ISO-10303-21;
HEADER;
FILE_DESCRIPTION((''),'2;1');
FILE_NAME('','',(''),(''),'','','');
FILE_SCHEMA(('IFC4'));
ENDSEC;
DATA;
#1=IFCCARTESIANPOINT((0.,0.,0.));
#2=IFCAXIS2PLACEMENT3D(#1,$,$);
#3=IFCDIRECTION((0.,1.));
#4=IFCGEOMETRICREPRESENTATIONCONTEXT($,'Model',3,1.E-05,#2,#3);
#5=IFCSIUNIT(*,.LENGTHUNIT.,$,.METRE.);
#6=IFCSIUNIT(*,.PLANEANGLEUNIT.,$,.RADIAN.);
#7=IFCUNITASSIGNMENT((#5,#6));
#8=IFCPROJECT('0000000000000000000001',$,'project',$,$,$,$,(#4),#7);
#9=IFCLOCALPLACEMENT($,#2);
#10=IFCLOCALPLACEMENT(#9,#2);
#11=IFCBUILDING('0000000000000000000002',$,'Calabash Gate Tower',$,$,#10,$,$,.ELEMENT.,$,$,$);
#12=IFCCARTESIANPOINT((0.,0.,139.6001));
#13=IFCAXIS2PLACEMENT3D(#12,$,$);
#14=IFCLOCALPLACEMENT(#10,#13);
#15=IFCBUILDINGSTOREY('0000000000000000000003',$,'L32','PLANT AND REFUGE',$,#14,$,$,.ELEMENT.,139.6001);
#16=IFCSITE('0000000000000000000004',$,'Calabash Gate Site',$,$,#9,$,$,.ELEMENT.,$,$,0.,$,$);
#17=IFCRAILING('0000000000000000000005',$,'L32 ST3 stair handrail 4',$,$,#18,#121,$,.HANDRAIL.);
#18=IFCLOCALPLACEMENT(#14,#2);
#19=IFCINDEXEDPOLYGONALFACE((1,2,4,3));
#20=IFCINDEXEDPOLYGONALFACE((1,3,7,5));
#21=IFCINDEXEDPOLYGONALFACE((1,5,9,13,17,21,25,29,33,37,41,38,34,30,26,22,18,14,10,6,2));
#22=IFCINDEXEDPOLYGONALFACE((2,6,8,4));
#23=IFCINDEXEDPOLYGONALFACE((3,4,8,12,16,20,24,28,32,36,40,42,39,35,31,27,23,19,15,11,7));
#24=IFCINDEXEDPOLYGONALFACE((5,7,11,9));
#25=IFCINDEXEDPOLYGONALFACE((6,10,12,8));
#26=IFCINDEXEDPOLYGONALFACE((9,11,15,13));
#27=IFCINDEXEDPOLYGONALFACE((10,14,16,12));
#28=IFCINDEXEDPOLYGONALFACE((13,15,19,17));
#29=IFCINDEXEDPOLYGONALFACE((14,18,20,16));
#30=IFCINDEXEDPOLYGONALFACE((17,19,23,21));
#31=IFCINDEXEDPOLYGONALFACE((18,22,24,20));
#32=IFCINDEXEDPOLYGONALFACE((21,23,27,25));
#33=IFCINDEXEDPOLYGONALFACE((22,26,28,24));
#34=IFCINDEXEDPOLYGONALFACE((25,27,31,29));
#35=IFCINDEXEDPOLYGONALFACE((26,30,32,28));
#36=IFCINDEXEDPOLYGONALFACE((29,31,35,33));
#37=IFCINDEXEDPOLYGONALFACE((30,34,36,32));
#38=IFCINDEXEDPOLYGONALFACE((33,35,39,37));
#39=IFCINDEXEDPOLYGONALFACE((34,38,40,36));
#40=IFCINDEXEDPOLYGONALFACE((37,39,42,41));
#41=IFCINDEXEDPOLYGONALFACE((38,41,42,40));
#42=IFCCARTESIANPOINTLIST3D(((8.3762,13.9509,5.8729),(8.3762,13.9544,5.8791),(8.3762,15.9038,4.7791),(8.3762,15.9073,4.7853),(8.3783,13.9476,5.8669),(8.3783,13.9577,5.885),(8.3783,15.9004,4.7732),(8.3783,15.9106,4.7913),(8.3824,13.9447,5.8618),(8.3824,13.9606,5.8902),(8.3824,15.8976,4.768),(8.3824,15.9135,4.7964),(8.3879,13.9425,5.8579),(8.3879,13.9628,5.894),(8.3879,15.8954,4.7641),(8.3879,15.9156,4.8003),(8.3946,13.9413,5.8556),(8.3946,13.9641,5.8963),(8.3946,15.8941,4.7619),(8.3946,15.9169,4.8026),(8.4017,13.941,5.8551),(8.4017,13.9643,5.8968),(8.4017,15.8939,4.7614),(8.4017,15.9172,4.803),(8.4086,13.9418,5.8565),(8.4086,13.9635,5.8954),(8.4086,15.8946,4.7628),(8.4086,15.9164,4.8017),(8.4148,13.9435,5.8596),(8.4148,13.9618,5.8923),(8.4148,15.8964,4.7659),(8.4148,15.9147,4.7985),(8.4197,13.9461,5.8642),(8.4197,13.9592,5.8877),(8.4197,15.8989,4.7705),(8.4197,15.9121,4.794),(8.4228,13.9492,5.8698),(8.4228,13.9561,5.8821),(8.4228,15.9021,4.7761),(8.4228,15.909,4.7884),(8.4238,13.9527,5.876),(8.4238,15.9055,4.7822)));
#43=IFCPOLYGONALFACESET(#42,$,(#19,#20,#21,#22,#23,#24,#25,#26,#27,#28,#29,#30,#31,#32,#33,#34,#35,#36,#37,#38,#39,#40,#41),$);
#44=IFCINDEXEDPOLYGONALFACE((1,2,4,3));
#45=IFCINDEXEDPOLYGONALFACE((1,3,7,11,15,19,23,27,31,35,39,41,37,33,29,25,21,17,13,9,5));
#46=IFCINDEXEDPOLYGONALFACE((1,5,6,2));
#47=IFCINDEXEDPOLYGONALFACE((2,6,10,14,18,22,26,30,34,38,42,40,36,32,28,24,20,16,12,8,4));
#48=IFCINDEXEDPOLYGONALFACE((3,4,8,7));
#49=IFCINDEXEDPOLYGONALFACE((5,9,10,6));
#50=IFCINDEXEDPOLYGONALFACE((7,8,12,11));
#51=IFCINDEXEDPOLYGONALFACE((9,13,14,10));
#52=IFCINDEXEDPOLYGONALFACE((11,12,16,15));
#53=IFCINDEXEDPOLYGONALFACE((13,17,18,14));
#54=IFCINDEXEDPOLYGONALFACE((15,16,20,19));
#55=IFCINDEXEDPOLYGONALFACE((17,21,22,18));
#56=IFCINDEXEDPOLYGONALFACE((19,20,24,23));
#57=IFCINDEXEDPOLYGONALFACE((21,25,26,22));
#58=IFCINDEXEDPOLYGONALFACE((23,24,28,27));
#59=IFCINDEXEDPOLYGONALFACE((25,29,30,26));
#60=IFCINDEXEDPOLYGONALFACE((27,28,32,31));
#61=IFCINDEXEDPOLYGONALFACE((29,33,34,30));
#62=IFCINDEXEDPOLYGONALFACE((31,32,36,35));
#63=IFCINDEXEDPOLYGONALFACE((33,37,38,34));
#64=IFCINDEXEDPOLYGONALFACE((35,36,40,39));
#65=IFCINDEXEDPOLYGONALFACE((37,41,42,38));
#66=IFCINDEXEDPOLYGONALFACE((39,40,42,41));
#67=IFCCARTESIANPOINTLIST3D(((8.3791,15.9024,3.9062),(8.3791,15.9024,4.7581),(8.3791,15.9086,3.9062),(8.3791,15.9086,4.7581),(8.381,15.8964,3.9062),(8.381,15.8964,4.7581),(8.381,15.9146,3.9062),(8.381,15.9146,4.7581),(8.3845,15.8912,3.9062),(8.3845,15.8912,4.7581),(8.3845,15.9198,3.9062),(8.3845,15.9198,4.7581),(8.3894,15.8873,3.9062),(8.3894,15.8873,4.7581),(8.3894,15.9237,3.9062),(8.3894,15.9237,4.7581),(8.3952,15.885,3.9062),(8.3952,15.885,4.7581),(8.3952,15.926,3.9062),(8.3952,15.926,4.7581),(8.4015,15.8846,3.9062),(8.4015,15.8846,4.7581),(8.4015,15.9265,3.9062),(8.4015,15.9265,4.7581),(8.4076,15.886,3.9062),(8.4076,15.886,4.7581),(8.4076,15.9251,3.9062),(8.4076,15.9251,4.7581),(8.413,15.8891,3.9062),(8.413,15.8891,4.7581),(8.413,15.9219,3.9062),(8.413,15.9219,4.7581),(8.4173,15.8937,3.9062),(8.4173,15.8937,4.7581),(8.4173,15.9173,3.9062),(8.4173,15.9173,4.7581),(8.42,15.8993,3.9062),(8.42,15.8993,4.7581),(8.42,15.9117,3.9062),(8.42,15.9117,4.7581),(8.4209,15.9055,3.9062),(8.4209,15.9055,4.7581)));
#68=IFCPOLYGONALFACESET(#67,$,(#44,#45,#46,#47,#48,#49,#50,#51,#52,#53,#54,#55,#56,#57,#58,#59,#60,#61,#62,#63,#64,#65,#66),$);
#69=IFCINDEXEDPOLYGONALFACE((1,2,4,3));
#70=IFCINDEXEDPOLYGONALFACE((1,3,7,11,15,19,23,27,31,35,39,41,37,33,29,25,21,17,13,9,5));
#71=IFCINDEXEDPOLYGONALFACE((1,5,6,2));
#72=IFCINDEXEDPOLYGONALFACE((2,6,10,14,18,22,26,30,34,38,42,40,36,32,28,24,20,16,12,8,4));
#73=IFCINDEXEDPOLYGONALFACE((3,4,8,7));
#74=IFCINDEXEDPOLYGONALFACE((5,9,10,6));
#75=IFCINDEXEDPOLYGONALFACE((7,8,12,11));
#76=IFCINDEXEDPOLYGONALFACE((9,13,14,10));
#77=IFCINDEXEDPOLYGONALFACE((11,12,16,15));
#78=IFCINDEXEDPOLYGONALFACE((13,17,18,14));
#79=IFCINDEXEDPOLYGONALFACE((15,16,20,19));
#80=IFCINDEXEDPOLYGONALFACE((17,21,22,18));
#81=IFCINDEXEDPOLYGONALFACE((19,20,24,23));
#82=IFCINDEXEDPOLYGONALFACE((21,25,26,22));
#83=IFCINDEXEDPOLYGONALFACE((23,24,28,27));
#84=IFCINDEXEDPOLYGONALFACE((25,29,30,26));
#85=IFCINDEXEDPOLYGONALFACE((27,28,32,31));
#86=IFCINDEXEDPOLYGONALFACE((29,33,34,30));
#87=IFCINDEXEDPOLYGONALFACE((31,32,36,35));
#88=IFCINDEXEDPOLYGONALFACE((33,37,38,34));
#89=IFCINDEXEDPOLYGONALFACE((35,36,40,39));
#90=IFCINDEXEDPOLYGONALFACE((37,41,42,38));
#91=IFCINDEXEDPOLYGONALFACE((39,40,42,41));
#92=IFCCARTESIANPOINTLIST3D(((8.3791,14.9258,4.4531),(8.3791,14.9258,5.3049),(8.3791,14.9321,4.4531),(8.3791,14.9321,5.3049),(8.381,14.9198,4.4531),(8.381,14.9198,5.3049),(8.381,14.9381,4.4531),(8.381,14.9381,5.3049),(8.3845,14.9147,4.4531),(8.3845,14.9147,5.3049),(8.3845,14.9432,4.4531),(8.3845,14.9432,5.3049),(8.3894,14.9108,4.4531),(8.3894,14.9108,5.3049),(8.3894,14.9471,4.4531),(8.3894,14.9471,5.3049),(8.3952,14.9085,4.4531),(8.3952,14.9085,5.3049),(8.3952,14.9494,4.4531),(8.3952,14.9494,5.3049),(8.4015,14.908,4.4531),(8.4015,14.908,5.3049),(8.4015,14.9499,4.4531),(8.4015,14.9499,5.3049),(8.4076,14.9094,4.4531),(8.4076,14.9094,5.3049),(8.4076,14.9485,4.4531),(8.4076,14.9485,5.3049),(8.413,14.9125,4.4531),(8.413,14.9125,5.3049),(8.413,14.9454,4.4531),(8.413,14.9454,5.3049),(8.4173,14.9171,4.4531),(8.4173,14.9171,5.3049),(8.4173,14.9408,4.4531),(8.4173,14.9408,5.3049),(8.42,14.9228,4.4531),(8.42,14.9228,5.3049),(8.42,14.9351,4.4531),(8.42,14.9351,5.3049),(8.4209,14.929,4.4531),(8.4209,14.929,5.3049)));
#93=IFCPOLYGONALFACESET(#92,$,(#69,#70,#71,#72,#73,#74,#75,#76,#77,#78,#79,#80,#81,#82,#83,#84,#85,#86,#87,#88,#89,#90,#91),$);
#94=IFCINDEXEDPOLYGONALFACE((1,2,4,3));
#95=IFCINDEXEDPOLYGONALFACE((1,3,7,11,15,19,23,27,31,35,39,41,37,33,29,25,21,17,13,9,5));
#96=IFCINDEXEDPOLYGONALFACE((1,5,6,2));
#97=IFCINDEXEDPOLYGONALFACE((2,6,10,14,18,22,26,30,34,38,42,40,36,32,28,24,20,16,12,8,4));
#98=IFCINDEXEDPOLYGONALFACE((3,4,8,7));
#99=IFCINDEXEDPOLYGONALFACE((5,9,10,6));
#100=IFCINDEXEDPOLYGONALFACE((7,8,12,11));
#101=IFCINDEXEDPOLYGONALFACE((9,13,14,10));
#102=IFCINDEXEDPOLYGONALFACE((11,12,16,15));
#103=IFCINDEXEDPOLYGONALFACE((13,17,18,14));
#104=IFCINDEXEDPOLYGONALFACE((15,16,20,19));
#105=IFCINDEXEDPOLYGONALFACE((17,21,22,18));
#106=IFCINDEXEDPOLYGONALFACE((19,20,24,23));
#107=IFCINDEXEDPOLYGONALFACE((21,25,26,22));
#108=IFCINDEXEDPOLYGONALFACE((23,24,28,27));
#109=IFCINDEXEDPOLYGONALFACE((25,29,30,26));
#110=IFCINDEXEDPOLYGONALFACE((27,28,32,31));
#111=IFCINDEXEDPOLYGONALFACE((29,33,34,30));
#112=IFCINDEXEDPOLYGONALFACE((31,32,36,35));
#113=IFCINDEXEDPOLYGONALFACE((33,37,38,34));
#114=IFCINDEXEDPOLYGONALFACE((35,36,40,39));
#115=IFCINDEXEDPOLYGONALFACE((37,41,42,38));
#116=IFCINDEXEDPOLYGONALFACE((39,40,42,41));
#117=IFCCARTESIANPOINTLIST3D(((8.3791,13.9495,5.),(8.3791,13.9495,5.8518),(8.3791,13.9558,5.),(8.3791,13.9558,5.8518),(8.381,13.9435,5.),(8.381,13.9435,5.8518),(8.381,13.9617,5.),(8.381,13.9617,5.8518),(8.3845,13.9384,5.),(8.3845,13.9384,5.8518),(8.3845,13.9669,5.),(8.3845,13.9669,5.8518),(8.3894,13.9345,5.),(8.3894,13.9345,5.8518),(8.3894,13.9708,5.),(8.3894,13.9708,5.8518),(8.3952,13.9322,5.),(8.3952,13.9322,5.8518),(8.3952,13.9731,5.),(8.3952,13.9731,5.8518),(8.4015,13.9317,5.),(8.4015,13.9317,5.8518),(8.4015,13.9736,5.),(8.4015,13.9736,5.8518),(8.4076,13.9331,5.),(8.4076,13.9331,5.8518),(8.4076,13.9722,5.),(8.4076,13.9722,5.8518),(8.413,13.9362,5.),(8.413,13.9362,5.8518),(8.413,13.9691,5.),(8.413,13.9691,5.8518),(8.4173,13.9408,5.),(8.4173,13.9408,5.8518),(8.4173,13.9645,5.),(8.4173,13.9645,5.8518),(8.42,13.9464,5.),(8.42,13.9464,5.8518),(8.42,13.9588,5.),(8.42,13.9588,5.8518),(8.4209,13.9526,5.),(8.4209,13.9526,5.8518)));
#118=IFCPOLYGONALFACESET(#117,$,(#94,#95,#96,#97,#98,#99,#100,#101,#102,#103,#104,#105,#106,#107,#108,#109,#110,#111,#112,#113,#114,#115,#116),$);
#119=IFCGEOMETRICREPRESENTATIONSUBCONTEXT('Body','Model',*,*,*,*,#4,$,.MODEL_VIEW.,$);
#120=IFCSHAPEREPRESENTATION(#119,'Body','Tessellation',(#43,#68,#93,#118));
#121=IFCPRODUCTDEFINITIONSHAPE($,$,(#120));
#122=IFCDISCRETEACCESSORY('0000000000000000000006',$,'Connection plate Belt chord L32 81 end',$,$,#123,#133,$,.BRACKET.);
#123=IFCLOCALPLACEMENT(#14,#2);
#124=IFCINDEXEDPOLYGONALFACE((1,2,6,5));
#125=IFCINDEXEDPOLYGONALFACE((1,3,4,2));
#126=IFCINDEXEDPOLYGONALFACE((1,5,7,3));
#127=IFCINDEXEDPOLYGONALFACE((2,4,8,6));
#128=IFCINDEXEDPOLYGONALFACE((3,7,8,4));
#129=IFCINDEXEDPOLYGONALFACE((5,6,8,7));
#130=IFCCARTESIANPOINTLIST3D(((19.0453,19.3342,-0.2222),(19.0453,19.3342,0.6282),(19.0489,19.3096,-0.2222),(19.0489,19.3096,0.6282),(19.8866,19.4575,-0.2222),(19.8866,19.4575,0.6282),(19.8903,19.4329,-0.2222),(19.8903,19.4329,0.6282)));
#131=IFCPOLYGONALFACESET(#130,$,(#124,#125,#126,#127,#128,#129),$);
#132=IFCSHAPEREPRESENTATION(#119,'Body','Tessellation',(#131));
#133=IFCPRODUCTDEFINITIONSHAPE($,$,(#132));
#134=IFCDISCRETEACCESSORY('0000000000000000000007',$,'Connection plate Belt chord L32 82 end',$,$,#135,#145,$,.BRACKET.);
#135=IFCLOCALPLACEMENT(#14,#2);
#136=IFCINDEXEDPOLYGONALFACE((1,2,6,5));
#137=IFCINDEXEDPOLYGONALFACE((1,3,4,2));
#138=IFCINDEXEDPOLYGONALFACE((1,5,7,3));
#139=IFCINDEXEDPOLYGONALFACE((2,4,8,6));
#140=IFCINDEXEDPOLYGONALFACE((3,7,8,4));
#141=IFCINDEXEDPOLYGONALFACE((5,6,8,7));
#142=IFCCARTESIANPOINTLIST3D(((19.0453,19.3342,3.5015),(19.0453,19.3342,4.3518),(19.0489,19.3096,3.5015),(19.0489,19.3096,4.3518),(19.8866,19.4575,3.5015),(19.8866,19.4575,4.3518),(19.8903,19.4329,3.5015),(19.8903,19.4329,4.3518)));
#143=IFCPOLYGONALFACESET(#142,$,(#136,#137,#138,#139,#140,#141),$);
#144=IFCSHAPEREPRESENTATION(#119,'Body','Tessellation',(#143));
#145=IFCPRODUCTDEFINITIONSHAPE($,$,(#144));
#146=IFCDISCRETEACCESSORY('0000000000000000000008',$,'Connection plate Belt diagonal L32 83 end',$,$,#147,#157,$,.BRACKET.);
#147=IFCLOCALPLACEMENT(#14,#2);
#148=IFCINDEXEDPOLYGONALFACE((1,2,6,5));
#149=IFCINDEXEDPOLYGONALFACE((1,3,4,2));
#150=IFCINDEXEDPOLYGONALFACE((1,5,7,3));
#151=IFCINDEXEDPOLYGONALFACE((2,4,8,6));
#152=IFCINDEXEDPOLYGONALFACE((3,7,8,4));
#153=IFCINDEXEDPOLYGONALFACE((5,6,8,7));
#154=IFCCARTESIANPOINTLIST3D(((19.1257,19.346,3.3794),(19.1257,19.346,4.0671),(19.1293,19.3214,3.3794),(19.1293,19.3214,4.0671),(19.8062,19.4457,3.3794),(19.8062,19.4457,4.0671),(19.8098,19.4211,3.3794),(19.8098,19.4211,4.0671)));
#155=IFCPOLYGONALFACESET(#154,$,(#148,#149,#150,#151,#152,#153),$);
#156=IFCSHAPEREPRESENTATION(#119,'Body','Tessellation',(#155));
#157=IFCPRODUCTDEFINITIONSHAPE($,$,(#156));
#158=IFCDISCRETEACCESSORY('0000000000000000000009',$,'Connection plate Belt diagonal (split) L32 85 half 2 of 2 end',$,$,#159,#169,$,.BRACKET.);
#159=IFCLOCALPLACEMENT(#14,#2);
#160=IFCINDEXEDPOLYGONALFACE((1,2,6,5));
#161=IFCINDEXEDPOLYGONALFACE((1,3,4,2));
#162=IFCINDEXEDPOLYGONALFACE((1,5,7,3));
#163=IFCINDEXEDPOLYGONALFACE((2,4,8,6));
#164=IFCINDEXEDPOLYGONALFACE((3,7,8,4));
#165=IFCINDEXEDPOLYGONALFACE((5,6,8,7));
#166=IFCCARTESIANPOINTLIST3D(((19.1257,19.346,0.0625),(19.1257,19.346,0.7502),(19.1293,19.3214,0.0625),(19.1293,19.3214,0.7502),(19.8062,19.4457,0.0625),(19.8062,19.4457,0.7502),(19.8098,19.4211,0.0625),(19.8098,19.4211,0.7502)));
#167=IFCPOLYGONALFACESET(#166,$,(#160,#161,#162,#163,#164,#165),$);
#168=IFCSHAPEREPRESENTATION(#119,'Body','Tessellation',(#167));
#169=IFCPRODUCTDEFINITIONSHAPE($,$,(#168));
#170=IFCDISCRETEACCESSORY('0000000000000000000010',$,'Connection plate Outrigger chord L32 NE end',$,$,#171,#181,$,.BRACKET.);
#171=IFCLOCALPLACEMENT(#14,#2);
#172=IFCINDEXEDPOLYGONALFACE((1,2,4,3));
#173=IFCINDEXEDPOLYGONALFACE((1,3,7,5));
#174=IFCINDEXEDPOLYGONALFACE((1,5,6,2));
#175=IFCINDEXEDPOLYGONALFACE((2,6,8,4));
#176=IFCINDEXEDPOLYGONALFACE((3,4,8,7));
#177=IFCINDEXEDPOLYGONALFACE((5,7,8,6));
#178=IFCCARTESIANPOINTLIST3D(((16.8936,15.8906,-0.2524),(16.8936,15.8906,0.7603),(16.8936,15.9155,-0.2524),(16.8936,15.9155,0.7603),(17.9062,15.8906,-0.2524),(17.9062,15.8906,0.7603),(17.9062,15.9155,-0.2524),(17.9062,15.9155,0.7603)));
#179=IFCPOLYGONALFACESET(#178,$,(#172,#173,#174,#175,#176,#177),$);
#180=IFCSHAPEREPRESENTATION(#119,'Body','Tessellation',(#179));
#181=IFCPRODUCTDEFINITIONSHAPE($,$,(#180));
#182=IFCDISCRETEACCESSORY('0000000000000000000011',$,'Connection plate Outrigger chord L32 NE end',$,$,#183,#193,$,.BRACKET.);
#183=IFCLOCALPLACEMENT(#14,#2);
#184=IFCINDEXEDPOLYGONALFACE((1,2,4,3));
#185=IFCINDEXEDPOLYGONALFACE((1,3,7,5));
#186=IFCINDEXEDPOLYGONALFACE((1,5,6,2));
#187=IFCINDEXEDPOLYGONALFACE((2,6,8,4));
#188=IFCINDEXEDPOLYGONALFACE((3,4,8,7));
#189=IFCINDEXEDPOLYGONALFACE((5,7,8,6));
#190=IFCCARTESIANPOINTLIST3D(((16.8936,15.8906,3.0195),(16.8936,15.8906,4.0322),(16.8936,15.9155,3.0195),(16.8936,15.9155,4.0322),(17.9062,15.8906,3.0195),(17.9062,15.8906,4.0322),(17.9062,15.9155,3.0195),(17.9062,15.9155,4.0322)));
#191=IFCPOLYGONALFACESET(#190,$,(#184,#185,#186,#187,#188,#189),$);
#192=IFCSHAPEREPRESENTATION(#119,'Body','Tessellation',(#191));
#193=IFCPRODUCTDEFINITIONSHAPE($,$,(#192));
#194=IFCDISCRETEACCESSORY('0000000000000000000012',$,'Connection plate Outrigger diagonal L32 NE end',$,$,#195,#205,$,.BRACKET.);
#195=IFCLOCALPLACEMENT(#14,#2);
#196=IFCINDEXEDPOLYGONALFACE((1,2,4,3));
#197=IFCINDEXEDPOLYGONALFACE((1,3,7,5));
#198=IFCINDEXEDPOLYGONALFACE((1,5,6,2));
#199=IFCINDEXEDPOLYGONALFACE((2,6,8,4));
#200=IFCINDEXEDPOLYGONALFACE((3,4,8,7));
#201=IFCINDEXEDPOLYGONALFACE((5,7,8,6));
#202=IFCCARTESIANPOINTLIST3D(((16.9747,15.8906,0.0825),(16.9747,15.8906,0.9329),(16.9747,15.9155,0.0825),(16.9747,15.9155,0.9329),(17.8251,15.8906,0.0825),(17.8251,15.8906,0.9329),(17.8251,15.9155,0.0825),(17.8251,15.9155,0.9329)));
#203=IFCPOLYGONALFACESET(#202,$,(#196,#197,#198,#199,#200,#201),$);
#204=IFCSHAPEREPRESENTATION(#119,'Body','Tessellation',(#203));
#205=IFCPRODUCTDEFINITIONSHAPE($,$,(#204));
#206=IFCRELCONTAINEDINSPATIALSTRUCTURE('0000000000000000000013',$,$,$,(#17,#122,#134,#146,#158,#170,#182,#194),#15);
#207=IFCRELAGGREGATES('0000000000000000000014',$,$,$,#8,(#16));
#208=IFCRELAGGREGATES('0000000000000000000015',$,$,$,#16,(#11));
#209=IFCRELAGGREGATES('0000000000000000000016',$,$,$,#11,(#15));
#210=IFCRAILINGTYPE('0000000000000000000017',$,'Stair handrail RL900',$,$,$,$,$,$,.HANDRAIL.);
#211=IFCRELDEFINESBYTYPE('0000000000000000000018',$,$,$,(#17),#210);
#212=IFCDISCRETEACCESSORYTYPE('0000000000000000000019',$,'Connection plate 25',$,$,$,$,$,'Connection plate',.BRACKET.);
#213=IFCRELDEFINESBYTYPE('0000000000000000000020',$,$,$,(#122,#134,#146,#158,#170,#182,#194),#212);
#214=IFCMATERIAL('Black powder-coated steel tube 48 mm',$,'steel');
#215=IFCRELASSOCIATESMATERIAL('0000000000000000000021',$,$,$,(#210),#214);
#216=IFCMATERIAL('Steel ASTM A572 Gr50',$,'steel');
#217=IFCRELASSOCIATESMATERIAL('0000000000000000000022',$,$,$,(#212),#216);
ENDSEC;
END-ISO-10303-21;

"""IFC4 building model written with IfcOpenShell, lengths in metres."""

from ifc_helpers import new_model, si_unit, direction, frame, origin, origin_2d, place, context, subcontext, project, spatial, rectangle, circle, extrude, material, type_object, element, save


model = new_model("IFC4")

# Units and contexts
model_context = context("Model", 3, precision=1e-05, world=origin(), true_north=direction((0.0, 1.0)))
body_context = subcontext(model_context, "Body", "Model", "MODEL_VIEW")
ifc_project = project(units=[si_unit("LENGTHUNIT", "METRE"), si_unit("PLANEANGLEUNIT", "RADIAN")], contexts=[model_context])

# Site, building, storey
site_placement = place(None, origin())
site = spatial("IfcSite", under=ifc_project, at=site_placement, Name="Calabash Gate Site", CompositionType="ELEMENT", RefElevation=0.0)
building_placement = place(site_placement, origin())
building = spatial("IfcBuilding", under=site, at=building_placement, Name="Calabash Gate Tower", CompositionType="ELEMENT")
storey_placement = place(building_placement, frame((0.0, 0.0, 139.6001)))
storey = spatial("IfcBuildingStorey", under=building, at=storey_placement, Name="L32", Description="PLANT AND REFUGE", CompositionType="ELEMENT", Elevation=139.6001)

# Railing
ifc_material_1 = material(Name="Black powder-coated steel tube 48 mm", Category="steel")
railing_type_1 = type_object("IfcRailingType", Name="Stair handrail RL900", PredefinedType="HANDRAIL", material=ifc_material_1)
railing_1_placement = place(storey_placement, frame((8.3999, 15.9055, 3.9062)))
element("IfcRailing", 1, at=railing_1_placement, inside=storey, type_object=railing_type_1, Name="L32 ST3 stair handrail 4", PredefinedType="HANDRAIL", context=body_context, shape_type="SweptSolid", body=[
    extrude(circle(Radius=0.0239, at=origin_2d()), frame((0.0, 0.0, 0.876), z_axis=(0.0, -0.87248, 0.48865), x_axis=(1.0, 0.0, 0.0)), (0.0, 0.0, 1.0), 2.2383),
    extrude(circle(Radius=0.021, at=origin_2d()), origin(), (0.0, 0.0, 1.0), 0.8518),
    extrude(circle(Radius=0.021, at=origin_2d()), frame((0.0, -0.9766, 0.5469)), (0.0, 0.0, 1.0), 0.8518),
    extrude(circle(Radius=0.021, at=origin_2d()), frame((0.0, -1.9529, 1.0938)), (0.0, 0.0, 1.0), 0.8518),
])

# Discrete accessories
ifc_material_2 = material(Name="Steel ASTM A572 Gr50", Category="steel")
discrete_accessory_type = type_object("IfcDiscreteAccessoryType", Name="Connection plate 25", ElementType="Connection plate", PredefinedType="BRACKET", material=ifc_material_2)
for number, where, z_axis, x_axis, name in (
    (2, (19.4678, 19.3835, -0.2222), (0.0, 0.0, 1.0), (-0.98943, -0.145014, 0.0), "Connection plate Belt chord L32 81 end"),
    (3, (19.4678, 19.3835, 3.5015), (0.0, 0.0, 1.0), (-0.98943, -0.145014, 0.0), "Connection plate Belt chord L32 82 end"),
):
    element("IfcDiscreteAccessory", number, at=place(storey_placement, frame(where, z_axis=z_axis, x_axis=x_axis)), inside=storey, type_object=discrete_accessory_type, Name=name, PredefinedType="BRACKET", context=body_context, shape_type="SweptSolid", body=[
        extrude(rectangle(XDim=0.8503, YDim=0.0249, at=origin_2d()), origin(), (0.0, 0.0, 1.0), 0.8503),
    ])
for number, where, z_axis, x_axis, name in (
    (4, (19.4678, 19.3835, 3.3794), (0.0, 0.0, 1.0), (-0.98943, -0.145014, 0.0), "Connection plate Belt diagonal L32 83 end"),
    (5, (19.4678, 19.3835, 0.0625), (0.0, 0.0, 1.0), (-0.98943, -0.145014, 0.0), "Connection plate Belt diagonal (split) L32 85 half 2 of 2 end"),
):
    element("IfcDiscreteAccessory", number, at=place(storey_placement, frame(where, z_axis=z_axis, x_axis=x_axis)), inside=storey, type_object=discrete_accessory_type, Name=name, PredefinedType="BRACKET", context=body_context, shape_type="SweptSolid", body=[
        extrude(rectangle(XDim=0.6877, YDim=0.0249, at=origin_2d()), origin(), (0.0, 0.0, 1.0), 0.6877),
    ])
for number, where, z_axis, x_axis, name in (
    (6, (17.3999, 15.9031, -0.2524), (0.0, 0.0, 1.0), (-1.0, 0.0, 0.0), "Connection plate Outrigger chord L32 NE end"),
    (7, (17.3999, 15.9031, 3.0195), (0.0, 0.0, 1.0), (-1.0, 0.0, 0.0), "Connection plate Outrigger chord L32 NE end"),
):
    element("IfcDiscreteAccessory", number, at=place(storey_placement, frame(where, z_axis=z_axis, x_axis=x_axis)), inside=storey, type_object=discrete_accessory_type, Name=name, PredefinedType="BRACKET", context=body_context, shape_type="SweptSolid", body=[
        extrude(rectangle(XDim=1.0127, YDim=0.0249, at=origin_2d()), origin(), (0.0, 0.0, 1.0), 1.0127),
    ])
discrete_accessory_placement = place(storey_placement, frame((17.3999, 15.9031, 0.0825), z_axis=(0.0, 0.0, 1.0), x_axis=(-1.0, 0.0, 0.0)))
element("IfcDiscreteAccessory", 8, at=discrete_accessory_placement, inside=storey, type_object=discrete_accessory_type, Name="Connection plate Outrigger diagonal L32 NE end", PredefinedType="BRACKET", context=body_context, shape_type="SweptSolid", body=[
    extrude(rectangle(XDim=0.8503, YDim=0.0249, at=origin_2d()), origin(), (0.0, 0.0, 1.0), 0.8503),
])

save(model, "model.ifc")
